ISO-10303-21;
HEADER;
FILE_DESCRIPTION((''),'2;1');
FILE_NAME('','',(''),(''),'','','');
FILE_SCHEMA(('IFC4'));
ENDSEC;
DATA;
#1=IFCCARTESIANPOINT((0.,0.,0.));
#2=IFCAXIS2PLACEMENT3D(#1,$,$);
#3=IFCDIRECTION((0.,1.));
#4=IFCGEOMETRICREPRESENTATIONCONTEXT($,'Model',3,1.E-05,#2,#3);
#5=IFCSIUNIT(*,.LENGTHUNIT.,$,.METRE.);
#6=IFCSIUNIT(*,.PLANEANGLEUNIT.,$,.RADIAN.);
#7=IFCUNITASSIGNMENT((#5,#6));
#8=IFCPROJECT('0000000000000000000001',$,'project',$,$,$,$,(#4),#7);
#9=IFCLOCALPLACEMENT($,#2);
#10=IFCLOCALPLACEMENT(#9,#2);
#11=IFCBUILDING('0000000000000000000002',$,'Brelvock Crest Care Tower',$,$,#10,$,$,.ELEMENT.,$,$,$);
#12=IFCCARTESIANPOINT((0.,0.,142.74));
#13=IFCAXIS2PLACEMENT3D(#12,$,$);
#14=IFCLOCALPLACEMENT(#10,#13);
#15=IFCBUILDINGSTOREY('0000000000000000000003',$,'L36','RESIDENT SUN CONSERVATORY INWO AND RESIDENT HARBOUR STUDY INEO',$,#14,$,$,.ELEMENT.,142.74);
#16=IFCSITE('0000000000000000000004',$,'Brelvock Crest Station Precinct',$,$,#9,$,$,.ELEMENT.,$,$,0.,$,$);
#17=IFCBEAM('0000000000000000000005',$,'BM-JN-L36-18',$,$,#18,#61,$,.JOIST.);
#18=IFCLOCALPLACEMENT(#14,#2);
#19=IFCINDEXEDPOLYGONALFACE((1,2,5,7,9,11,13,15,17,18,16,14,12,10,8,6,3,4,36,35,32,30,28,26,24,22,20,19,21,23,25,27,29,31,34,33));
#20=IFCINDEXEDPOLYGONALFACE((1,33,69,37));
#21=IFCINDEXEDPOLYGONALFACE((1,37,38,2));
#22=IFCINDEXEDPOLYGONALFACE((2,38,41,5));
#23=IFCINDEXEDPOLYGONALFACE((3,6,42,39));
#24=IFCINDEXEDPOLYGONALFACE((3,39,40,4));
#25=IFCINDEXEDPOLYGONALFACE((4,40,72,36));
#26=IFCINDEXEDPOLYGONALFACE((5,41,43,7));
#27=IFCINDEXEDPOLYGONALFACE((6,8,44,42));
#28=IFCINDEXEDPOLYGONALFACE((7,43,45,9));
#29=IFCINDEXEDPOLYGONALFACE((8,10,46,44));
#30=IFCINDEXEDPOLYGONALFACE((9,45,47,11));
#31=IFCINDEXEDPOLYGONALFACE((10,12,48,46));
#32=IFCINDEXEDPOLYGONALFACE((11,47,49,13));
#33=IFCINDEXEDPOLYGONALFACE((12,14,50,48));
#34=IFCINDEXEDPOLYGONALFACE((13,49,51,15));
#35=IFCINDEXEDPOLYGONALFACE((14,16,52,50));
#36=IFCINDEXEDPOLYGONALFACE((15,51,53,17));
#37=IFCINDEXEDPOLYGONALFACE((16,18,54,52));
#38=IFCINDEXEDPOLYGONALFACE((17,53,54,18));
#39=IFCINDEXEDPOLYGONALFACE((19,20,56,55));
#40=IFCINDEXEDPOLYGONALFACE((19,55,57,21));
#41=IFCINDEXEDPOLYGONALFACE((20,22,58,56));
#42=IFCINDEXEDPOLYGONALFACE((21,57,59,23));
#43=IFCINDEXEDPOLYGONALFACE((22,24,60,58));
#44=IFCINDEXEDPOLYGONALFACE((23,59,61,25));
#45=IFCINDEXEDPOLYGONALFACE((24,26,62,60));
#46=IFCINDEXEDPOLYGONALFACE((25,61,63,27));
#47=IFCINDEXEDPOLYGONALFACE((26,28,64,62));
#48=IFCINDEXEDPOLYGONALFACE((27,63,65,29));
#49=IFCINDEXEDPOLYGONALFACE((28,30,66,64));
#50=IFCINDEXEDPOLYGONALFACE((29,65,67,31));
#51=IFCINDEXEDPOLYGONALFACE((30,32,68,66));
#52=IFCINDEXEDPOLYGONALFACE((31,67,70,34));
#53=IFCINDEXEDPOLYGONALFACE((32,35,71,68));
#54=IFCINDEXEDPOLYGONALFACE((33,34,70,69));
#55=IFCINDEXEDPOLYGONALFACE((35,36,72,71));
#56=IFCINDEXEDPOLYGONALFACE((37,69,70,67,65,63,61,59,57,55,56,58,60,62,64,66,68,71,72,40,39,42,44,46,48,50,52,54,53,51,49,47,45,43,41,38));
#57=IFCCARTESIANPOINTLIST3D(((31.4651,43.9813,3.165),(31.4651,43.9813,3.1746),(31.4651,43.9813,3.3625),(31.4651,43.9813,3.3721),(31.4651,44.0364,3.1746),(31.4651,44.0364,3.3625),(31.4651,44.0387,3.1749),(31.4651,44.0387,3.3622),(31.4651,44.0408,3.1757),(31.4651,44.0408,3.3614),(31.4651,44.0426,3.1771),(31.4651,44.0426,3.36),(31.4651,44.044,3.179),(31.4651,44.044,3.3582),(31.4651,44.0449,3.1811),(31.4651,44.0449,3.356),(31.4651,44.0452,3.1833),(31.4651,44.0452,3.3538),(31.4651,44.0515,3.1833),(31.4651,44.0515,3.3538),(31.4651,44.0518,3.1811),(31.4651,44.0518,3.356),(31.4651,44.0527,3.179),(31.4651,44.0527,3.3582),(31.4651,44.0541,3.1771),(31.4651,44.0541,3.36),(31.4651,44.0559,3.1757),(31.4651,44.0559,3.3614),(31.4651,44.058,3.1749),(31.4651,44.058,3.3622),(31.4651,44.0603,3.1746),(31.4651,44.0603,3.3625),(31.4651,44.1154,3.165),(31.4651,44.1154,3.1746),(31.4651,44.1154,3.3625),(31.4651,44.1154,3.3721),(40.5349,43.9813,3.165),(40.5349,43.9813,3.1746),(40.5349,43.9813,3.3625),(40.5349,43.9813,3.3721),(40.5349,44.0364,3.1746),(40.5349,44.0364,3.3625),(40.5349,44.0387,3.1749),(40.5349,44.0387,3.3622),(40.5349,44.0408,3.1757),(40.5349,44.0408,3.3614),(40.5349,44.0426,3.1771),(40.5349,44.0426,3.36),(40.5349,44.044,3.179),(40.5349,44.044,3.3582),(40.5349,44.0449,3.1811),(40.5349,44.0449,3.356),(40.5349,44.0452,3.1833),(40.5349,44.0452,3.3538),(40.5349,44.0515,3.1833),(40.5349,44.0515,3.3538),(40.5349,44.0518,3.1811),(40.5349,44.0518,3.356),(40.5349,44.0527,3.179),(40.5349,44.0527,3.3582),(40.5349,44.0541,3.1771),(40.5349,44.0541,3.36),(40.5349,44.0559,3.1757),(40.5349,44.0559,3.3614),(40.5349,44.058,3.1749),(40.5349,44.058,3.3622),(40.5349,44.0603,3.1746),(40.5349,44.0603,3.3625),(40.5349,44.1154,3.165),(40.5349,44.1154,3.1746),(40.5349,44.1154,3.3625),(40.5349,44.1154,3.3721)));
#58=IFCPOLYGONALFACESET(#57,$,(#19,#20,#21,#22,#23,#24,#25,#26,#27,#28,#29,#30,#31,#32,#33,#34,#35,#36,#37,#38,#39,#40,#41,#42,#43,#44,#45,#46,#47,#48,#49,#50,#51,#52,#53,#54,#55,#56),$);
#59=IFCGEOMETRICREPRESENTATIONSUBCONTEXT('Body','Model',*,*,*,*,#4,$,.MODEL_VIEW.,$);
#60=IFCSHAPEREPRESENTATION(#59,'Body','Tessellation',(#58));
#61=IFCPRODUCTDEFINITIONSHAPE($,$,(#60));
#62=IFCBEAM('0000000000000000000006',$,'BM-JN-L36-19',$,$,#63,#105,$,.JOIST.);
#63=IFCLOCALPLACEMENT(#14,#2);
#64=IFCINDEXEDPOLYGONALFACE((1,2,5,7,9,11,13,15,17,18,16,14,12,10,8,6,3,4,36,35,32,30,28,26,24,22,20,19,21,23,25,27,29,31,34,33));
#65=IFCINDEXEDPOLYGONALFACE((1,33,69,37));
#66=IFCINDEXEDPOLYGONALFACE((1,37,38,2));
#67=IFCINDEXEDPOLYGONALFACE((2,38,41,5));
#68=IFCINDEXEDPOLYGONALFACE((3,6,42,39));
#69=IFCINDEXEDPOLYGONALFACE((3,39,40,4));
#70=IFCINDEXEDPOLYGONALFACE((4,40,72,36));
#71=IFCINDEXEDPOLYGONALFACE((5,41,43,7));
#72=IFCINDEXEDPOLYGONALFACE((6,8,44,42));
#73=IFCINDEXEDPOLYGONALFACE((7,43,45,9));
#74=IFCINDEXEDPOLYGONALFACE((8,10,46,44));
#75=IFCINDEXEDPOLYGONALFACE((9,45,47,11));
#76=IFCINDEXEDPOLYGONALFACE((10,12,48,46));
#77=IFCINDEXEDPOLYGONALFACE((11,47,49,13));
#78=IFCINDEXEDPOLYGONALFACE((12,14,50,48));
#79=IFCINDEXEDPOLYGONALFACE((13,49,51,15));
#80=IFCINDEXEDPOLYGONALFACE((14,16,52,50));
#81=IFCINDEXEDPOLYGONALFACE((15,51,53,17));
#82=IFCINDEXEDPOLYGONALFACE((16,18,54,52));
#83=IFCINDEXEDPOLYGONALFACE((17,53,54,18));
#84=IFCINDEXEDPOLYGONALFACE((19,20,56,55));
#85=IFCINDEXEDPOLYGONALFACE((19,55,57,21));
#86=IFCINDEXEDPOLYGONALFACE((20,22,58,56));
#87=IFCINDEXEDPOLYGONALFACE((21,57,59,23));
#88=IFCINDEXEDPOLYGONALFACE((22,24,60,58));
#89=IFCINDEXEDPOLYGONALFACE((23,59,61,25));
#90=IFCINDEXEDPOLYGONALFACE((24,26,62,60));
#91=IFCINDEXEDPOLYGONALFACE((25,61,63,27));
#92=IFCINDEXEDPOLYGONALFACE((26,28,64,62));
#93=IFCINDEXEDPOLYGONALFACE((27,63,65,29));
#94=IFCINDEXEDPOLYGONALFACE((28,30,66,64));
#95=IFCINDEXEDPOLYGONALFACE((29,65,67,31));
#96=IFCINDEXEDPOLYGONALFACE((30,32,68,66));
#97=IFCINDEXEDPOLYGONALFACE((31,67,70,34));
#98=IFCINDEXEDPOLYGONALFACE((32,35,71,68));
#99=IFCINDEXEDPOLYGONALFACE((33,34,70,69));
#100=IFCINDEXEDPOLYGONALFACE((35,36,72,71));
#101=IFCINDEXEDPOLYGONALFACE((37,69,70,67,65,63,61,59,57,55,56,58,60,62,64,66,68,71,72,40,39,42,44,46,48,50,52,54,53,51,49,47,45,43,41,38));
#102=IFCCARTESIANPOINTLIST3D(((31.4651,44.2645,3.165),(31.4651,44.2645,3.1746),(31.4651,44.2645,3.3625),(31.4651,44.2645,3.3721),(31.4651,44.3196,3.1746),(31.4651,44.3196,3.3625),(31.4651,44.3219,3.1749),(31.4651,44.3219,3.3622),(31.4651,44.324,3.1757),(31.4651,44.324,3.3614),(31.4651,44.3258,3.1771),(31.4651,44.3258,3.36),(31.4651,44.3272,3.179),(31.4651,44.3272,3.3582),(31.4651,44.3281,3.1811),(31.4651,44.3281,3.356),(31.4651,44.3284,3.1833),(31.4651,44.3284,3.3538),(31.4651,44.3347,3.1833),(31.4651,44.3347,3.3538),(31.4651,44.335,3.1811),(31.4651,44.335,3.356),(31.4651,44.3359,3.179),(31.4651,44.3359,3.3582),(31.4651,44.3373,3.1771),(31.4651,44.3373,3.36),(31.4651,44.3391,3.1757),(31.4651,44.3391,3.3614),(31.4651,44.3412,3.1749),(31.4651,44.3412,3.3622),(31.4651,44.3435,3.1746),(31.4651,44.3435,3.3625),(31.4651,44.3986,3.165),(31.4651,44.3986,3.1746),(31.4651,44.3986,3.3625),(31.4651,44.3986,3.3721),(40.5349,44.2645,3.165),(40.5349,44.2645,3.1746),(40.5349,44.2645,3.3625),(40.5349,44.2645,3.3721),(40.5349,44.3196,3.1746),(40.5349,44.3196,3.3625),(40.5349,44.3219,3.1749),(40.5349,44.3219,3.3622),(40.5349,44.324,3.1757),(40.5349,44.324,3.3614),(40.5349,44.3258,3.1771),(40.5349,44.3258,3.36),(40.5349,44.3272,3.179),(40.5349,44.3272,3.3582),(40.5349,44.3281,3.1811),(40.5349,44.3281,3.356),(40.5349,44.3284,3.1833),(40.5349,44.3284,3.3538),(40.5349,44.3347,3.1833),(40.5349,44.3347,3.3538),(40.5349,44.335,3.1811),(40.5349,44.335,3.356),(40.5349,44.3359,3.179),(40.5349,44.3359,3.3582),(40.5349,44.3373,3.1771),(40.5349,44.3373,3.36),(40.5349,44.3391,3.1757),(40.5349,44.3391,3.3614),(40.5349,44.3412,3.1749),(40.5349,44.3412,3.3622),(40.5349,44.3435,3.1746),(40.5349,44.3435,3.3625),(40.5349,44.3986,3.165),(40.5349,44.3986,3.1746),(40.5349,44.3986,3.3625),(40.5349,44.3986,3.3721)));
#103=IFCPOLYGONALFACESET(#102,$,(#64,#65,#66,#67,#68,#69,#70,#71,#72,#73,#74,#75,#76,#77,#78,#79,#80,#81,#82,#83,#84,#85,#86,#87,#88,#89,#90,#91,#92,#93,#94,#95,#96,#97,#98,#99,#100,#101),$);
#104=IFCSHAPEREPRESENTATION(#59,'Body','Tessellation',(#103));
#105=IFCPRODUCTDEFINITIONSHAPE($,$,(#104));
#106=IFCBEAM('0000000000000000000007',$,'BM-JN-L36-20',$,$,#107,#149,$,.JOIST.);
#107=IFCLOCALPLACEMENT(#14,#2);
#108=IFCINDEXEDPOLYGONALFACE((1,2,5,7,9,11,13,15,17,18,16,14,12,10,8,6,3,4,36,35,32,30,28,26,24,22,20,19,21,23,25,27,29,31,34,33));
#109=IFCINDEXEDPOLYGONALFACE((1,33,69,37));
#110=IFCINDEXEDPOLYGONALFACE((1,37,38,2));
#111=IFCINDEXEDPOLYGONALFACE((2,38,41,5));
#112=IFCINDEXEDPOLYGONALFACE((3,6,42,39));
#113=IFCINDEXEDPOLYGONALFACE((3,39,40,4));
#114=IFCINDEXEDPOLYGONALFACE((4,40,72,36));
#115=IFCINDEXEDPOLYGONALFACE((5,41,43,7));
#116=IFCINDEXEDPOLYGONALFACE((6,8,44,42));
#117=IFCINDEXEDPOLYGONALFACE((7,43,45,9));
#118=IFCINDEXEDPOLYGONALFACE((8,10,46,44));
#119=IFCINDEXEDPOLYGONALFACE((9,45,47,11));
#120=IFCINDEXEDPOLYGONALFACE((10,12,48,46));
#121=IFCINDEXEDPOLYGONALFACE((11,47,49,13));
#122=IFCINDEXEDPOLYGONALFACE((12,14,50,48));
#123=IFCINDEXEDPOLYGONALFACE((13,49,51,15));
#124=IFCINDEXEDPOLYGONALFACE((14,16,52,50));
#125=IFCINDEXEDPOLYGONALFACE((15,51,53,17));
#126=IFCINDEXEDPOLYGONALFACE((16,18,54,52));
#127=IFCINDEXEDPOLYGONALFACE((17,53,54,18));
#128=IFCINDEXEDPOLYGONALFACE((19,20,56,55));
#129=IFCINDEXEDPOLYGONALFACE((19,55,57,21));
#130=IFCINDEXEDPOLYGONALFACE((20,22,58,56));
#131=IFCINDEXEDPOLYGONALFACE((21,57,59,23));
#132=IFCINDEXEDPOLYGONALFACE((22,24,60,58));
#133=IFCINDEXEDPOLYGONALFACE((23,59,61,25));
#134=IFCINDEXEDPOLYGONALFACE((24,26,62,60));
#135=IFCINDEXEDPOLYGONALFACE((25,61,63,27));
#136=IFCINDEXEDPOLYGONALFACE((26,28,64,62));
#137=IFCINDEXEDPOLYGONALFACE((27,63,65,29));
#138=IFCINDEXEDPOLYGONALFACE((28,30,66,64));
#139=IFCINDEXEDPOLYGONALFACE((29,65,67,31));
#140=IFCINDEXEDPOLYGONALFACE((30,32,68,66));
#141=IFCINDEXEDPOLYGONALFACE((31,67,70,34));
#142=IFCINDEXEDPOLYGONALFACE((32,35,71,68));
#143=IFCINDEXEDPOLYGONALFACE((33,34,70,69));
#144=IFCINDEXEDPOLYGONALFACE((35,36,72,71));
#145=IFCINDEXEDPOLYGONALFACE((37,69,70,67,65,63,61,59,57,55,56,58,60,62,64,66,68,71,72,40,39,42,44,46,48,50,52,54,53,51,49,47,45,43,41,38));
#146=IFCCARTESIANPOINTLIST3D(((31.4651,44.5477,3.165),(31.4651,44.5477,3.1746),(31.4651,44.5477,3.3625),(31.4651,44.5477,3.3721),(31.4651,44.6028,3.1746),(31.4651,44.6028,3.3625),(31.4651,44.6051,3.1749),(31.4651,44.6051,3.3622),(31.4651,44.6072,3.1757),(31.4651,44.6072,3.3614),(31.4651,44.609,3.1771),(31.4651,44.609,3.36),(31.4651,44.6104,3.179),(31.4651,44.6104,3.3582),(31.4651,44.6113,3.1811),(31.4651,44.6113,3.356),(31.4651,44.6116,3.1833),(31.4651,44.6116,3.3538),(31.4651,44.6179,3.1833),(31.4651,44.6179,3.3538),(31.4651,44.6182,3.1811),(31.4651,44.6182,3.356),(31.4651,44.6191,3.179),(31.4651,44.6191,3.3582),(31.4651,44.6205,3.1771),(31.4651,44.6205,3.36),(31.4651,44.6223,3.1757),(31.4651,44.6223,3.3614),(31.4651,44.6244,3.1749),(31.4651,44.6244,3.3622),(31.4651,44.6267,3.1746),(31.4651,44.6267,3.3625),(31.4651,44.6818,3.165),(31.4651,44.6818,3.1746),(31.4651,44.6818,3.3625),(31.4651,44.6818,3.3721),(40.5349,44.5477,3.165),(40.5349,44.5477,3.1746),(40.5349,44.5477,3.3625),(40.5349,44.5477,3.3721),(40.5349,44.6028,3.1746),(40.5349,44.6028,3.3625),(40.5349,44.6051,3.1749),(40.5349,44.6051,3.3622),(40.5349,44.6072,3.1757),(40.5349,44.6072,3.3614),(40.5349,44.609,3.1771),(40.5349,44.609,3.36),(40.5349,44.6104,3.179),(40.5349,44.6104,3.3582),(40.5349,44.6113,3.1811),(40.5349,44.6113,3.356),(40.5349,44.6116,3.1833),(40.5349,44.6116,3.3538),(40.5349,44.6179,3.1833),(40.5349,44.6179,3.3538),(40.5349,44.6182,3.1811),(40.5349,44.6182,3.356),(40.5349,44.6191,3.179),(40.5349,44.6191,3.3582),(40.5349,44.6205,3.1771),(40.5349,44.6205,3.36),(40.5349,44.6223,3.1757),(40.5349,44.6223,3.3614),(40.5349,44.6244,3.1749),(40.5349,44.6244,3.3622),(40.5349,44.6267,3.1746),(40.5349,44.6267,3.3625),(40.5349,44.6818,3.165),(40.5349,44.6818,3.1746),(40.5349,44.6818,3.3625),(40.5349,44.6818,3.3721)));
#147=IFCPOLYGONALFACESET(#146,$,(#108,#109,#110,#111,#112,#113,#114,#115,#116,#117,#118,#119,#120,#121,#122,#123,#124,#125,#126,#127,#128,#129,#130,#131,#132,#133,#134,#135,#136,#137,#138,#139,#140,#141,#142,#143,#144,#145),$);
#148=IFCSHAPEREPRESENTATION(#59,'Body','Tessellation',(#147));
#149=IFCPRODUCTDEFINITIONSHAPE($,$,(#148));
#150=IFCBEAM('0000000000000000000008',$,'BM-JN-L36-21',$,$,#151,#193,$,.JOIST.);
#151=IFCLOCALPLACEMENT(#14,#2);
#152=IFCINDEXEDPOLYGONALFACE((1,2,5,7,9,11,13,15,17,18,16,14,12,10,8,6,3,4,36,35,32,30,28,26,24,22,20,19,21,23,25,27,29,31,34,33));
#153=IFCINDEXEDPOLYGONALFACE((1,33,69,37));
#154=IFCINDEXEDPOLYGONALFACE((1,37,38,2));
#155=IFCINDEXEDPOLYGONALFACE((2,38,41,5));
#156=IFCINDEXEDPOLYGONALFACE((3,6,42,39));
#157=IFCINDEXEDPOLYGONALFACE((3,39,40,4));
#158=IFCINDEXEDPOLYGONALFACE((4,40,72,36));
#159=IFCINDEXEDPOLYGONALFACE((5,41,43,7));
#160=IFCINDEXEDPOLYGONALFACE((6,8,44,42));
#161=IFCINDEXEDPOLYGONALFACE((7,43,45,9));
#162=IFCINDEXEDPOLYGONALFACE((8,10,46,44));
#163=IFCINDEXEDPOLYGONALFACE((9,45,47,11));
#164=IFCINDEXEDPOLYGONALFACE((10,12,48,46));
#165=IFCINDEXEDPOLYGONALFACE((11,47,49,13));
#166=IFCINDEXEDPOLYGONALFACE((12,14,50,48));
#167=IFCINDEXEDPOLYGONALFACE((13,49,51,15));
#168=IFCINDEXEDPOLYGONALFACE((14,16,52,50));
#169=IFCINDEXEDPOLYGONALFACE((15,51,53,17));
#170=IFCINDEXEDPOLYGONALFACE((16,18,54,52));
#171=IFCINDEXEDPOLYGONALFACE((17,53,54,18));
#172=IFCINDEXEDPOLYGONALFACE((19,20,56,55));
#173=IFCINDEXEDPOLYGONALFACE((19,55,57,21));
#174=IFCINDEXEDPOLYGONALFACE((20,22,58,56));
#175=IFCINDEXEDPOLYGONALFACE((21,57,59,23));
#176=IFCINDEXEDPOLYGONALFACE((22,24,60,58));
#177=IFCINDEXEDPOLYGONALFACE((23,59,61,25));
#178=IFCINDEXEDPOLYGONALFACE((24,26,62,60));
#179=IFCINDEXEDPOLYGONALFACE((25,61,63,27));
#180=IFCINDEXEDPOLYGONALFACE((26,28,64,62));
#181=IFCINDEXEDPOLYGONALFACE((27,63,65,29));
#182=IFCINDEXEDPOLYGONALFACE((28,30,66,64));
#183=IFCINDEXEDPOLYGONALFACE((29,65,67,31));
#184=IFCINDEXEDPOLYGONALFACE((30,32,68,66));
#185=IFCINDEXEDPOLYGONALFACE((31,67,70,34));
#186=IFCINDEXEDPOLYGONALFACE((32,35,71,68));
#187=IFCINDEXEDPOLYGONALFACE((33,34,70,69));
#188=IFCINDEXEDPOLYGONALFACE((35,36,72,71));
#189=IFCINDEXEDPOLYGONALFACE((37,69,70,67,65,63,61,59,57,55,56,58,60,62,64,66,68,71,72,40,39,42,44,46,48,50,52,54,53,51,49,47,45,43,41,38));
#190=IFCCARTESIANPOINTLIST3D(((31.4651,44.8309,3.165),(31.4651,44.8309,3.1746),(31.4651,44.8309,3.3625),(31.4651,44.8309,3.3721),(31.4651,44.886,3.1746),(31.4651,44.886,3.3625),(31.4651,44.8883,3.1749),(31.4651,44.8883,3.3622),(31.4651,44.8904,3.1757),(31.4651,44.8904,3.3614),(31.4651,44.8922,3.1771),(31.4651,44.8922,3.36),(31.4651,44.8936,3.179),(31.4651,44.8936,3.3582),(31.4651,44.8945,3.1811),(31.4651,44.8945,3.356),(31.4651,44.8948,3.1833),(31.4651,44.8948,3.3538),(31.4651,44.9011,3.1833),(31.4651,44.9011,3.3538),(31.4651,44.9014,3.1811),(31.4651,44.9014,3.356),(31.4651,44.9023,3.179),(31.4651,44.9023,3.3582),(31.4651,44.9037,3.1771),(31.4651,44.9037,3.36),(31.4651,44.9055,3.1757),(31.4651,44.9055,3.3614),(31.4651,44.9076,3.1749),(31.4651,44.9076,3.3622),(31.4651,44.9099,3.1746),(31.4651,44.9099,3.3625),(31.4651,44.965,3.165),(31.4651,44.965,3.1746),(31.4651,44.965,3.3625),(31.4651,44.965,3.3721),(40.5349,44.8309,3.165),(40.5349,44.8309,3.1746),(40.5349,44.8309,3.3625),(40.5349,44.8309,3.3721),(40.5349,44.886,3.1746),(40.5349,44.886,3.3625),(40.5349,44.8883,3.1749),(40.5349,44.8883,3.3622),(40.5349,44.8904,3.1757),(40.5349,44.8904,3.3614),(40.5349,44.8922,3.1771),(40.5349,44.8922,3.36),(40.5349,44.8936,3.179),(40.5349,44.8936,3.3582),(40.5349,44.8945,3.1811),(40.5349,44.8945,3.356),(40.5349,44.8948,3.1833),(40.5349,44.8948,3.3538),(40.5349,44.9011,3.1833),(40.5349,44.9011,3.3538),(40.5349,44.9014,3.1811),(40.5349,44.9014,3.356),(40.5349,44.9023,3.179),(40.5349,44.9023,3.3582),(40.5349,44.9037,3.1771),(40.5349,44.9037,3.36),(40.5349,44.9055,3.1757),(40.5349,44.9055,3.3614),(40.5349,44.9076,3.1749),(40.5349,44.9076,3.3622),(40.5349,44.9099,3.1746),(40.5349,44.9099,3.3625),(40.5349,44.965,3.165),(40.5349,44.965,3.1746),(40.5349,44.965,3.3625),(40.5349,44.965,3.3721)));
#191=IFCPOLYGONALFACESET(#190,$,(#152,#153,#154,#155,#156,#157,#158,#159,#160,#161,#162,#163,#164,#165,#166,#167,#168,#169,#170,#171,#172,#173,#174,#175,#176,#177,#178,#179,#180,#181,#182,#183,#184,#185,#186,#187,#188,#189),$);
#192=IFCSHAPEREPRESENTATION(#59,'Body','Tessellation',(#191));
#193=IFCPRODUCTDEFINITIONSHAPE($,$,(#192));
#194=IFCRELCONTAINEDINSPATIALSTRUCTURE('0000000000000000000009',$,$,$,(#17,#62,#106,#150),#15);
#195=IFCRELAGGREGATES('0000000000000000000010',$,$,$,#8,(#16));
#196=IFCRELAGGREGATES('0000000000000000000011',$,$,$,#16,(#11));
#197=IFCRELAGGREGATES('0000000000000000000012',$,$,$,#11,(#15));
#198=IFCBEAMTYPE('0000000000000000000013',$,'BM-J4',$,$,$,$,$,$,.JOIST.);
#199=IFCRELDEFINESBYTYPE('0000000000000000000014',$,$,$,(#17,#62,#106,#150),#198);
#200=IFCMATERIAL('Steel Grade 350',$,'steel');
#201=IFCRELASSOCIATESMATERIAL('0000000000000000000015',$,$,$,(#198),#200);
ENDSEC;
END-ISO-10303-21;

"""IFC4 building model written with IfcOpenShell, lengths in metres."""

from ifc_helpers import new_model, si_unit, direction, frame, origin, origin_2d, place, context, subcontext, project, spatial, i_section, extrude, source, transform, mapped, material, material_profile, profile_set, type_object, element, save


model = new_model("IFC4")

# Units and contexts
model_context = context("Model", 3, precision=1e-05, world=origin(), true_north=direction((0.0, 1.0)))
body_context = subcontext(model_context, "Body", "Model", "MODEL_VIEW")
ifc_project = project(units=[si_unit("LENGTHUNIT", "METRE"), si_unit("PLANEANGLEUNIT", "RADIAN")], contexts=[model_context])

# Site, building, storey
site_placement = place(None, origin())
site = spatial("IfcSite", under=ifc_project, at=site_placement, Name="Brelvock Crest Station Precinct", CompositionType="ELEMENT", RefElevation=0.0)
building_placement = place(site_placement, origin())
building = spatial("IfcBuilding", under=site, at=building_placement, Name="Brelvock Crest Care Tower", CompositionType="ELEMENT")
storey_placement = place(building_placement, frame((0.0, 0.0, 142.74)))
storey = spatial("IfcBuildingStorey", under=building, at=storey_placement, Name="L36", Description="RESIDENT SUN CONSERVATORY INWO AND RESIDENT HARBOUR STUDY INEO", CompositionType="ELEMENT", Elevation=142.74)

# Shared definitions
ifc_material_1 = material(Name="Steel Grade 350", Category="steel")

# Beams
ifc_material_profile_1 = material_profile(ifc_material_1, i_section(OverallWidth=0.134, OverallDepth=0.207, WebThickness=0.0063, FlangeThickness=0.0095, FilletRadius=0.0088, at=origin_2d()), Name="200UB29.8")
ifc_profile_set_1 = profile_set([ifc_material_profile_1], Name="Steel Grade 350")
beam_type_1 = type_object("IfcBeamType", Name="BM-J4", PredefinedType="JOIST", material=ifc_profile_set_1)
shared_shape_1 = source(origin(), body_context, "Body", "SweptSolid", [
    extrude(i_section(OverallWidth=0.134, OverallDepth=0.207, WebThickness=0.0063, FlangeThickness=0.0095, FilletRadius=0.0088, at=origin_2d()), origin(), (0.0, 0.0, 1.0), 9.0698),
])
for number, where, z_axis, x_axis, name in (
    (1, (31.4651, 44.0483, 3.2686), (1.0, 0.0, 0.0), (0.0, 1.0, 0.0), "BM-JN-L36-18"),
    (2, (31.4651, 44.3315, 3.2686), (1.0, 0.0, 0.0), (0.0, 1.0, 0.0), "BM-JN-L36-19"),
    (3, (31.4651, 44.6147, 3.2686), (1.0, 0.0, 0.0), (0.0, 1.0, 0.0), "BM-JN-L36-20"),
    (4, (31.4651, 44.8979, 3.2686), (1.0, 0.0, 0.0), (0.0, 1.0, 0.0), "BM-JN-L36-21"),
):
    element("IfcBeam", number, at=place(storey_placement, frame(where, z_axis=z_axis, x_axis=x_axis)), inside=storey, type_object=beam_type_1, Name=name, PredefinedType="JOIST", context=body_context, shape_type="MappedRepresentation", body=[
        mapped(shared_shape_1, transform((0.0, 0.0, 0.0), x_axis=(1.0, 0.0, 0.0), y_axis=(0.0, 1.0, 0.0), z_axis=(0.0, 0.0, 1.0), scale=1.0)),
    ])

save(model, "model.ifc")
